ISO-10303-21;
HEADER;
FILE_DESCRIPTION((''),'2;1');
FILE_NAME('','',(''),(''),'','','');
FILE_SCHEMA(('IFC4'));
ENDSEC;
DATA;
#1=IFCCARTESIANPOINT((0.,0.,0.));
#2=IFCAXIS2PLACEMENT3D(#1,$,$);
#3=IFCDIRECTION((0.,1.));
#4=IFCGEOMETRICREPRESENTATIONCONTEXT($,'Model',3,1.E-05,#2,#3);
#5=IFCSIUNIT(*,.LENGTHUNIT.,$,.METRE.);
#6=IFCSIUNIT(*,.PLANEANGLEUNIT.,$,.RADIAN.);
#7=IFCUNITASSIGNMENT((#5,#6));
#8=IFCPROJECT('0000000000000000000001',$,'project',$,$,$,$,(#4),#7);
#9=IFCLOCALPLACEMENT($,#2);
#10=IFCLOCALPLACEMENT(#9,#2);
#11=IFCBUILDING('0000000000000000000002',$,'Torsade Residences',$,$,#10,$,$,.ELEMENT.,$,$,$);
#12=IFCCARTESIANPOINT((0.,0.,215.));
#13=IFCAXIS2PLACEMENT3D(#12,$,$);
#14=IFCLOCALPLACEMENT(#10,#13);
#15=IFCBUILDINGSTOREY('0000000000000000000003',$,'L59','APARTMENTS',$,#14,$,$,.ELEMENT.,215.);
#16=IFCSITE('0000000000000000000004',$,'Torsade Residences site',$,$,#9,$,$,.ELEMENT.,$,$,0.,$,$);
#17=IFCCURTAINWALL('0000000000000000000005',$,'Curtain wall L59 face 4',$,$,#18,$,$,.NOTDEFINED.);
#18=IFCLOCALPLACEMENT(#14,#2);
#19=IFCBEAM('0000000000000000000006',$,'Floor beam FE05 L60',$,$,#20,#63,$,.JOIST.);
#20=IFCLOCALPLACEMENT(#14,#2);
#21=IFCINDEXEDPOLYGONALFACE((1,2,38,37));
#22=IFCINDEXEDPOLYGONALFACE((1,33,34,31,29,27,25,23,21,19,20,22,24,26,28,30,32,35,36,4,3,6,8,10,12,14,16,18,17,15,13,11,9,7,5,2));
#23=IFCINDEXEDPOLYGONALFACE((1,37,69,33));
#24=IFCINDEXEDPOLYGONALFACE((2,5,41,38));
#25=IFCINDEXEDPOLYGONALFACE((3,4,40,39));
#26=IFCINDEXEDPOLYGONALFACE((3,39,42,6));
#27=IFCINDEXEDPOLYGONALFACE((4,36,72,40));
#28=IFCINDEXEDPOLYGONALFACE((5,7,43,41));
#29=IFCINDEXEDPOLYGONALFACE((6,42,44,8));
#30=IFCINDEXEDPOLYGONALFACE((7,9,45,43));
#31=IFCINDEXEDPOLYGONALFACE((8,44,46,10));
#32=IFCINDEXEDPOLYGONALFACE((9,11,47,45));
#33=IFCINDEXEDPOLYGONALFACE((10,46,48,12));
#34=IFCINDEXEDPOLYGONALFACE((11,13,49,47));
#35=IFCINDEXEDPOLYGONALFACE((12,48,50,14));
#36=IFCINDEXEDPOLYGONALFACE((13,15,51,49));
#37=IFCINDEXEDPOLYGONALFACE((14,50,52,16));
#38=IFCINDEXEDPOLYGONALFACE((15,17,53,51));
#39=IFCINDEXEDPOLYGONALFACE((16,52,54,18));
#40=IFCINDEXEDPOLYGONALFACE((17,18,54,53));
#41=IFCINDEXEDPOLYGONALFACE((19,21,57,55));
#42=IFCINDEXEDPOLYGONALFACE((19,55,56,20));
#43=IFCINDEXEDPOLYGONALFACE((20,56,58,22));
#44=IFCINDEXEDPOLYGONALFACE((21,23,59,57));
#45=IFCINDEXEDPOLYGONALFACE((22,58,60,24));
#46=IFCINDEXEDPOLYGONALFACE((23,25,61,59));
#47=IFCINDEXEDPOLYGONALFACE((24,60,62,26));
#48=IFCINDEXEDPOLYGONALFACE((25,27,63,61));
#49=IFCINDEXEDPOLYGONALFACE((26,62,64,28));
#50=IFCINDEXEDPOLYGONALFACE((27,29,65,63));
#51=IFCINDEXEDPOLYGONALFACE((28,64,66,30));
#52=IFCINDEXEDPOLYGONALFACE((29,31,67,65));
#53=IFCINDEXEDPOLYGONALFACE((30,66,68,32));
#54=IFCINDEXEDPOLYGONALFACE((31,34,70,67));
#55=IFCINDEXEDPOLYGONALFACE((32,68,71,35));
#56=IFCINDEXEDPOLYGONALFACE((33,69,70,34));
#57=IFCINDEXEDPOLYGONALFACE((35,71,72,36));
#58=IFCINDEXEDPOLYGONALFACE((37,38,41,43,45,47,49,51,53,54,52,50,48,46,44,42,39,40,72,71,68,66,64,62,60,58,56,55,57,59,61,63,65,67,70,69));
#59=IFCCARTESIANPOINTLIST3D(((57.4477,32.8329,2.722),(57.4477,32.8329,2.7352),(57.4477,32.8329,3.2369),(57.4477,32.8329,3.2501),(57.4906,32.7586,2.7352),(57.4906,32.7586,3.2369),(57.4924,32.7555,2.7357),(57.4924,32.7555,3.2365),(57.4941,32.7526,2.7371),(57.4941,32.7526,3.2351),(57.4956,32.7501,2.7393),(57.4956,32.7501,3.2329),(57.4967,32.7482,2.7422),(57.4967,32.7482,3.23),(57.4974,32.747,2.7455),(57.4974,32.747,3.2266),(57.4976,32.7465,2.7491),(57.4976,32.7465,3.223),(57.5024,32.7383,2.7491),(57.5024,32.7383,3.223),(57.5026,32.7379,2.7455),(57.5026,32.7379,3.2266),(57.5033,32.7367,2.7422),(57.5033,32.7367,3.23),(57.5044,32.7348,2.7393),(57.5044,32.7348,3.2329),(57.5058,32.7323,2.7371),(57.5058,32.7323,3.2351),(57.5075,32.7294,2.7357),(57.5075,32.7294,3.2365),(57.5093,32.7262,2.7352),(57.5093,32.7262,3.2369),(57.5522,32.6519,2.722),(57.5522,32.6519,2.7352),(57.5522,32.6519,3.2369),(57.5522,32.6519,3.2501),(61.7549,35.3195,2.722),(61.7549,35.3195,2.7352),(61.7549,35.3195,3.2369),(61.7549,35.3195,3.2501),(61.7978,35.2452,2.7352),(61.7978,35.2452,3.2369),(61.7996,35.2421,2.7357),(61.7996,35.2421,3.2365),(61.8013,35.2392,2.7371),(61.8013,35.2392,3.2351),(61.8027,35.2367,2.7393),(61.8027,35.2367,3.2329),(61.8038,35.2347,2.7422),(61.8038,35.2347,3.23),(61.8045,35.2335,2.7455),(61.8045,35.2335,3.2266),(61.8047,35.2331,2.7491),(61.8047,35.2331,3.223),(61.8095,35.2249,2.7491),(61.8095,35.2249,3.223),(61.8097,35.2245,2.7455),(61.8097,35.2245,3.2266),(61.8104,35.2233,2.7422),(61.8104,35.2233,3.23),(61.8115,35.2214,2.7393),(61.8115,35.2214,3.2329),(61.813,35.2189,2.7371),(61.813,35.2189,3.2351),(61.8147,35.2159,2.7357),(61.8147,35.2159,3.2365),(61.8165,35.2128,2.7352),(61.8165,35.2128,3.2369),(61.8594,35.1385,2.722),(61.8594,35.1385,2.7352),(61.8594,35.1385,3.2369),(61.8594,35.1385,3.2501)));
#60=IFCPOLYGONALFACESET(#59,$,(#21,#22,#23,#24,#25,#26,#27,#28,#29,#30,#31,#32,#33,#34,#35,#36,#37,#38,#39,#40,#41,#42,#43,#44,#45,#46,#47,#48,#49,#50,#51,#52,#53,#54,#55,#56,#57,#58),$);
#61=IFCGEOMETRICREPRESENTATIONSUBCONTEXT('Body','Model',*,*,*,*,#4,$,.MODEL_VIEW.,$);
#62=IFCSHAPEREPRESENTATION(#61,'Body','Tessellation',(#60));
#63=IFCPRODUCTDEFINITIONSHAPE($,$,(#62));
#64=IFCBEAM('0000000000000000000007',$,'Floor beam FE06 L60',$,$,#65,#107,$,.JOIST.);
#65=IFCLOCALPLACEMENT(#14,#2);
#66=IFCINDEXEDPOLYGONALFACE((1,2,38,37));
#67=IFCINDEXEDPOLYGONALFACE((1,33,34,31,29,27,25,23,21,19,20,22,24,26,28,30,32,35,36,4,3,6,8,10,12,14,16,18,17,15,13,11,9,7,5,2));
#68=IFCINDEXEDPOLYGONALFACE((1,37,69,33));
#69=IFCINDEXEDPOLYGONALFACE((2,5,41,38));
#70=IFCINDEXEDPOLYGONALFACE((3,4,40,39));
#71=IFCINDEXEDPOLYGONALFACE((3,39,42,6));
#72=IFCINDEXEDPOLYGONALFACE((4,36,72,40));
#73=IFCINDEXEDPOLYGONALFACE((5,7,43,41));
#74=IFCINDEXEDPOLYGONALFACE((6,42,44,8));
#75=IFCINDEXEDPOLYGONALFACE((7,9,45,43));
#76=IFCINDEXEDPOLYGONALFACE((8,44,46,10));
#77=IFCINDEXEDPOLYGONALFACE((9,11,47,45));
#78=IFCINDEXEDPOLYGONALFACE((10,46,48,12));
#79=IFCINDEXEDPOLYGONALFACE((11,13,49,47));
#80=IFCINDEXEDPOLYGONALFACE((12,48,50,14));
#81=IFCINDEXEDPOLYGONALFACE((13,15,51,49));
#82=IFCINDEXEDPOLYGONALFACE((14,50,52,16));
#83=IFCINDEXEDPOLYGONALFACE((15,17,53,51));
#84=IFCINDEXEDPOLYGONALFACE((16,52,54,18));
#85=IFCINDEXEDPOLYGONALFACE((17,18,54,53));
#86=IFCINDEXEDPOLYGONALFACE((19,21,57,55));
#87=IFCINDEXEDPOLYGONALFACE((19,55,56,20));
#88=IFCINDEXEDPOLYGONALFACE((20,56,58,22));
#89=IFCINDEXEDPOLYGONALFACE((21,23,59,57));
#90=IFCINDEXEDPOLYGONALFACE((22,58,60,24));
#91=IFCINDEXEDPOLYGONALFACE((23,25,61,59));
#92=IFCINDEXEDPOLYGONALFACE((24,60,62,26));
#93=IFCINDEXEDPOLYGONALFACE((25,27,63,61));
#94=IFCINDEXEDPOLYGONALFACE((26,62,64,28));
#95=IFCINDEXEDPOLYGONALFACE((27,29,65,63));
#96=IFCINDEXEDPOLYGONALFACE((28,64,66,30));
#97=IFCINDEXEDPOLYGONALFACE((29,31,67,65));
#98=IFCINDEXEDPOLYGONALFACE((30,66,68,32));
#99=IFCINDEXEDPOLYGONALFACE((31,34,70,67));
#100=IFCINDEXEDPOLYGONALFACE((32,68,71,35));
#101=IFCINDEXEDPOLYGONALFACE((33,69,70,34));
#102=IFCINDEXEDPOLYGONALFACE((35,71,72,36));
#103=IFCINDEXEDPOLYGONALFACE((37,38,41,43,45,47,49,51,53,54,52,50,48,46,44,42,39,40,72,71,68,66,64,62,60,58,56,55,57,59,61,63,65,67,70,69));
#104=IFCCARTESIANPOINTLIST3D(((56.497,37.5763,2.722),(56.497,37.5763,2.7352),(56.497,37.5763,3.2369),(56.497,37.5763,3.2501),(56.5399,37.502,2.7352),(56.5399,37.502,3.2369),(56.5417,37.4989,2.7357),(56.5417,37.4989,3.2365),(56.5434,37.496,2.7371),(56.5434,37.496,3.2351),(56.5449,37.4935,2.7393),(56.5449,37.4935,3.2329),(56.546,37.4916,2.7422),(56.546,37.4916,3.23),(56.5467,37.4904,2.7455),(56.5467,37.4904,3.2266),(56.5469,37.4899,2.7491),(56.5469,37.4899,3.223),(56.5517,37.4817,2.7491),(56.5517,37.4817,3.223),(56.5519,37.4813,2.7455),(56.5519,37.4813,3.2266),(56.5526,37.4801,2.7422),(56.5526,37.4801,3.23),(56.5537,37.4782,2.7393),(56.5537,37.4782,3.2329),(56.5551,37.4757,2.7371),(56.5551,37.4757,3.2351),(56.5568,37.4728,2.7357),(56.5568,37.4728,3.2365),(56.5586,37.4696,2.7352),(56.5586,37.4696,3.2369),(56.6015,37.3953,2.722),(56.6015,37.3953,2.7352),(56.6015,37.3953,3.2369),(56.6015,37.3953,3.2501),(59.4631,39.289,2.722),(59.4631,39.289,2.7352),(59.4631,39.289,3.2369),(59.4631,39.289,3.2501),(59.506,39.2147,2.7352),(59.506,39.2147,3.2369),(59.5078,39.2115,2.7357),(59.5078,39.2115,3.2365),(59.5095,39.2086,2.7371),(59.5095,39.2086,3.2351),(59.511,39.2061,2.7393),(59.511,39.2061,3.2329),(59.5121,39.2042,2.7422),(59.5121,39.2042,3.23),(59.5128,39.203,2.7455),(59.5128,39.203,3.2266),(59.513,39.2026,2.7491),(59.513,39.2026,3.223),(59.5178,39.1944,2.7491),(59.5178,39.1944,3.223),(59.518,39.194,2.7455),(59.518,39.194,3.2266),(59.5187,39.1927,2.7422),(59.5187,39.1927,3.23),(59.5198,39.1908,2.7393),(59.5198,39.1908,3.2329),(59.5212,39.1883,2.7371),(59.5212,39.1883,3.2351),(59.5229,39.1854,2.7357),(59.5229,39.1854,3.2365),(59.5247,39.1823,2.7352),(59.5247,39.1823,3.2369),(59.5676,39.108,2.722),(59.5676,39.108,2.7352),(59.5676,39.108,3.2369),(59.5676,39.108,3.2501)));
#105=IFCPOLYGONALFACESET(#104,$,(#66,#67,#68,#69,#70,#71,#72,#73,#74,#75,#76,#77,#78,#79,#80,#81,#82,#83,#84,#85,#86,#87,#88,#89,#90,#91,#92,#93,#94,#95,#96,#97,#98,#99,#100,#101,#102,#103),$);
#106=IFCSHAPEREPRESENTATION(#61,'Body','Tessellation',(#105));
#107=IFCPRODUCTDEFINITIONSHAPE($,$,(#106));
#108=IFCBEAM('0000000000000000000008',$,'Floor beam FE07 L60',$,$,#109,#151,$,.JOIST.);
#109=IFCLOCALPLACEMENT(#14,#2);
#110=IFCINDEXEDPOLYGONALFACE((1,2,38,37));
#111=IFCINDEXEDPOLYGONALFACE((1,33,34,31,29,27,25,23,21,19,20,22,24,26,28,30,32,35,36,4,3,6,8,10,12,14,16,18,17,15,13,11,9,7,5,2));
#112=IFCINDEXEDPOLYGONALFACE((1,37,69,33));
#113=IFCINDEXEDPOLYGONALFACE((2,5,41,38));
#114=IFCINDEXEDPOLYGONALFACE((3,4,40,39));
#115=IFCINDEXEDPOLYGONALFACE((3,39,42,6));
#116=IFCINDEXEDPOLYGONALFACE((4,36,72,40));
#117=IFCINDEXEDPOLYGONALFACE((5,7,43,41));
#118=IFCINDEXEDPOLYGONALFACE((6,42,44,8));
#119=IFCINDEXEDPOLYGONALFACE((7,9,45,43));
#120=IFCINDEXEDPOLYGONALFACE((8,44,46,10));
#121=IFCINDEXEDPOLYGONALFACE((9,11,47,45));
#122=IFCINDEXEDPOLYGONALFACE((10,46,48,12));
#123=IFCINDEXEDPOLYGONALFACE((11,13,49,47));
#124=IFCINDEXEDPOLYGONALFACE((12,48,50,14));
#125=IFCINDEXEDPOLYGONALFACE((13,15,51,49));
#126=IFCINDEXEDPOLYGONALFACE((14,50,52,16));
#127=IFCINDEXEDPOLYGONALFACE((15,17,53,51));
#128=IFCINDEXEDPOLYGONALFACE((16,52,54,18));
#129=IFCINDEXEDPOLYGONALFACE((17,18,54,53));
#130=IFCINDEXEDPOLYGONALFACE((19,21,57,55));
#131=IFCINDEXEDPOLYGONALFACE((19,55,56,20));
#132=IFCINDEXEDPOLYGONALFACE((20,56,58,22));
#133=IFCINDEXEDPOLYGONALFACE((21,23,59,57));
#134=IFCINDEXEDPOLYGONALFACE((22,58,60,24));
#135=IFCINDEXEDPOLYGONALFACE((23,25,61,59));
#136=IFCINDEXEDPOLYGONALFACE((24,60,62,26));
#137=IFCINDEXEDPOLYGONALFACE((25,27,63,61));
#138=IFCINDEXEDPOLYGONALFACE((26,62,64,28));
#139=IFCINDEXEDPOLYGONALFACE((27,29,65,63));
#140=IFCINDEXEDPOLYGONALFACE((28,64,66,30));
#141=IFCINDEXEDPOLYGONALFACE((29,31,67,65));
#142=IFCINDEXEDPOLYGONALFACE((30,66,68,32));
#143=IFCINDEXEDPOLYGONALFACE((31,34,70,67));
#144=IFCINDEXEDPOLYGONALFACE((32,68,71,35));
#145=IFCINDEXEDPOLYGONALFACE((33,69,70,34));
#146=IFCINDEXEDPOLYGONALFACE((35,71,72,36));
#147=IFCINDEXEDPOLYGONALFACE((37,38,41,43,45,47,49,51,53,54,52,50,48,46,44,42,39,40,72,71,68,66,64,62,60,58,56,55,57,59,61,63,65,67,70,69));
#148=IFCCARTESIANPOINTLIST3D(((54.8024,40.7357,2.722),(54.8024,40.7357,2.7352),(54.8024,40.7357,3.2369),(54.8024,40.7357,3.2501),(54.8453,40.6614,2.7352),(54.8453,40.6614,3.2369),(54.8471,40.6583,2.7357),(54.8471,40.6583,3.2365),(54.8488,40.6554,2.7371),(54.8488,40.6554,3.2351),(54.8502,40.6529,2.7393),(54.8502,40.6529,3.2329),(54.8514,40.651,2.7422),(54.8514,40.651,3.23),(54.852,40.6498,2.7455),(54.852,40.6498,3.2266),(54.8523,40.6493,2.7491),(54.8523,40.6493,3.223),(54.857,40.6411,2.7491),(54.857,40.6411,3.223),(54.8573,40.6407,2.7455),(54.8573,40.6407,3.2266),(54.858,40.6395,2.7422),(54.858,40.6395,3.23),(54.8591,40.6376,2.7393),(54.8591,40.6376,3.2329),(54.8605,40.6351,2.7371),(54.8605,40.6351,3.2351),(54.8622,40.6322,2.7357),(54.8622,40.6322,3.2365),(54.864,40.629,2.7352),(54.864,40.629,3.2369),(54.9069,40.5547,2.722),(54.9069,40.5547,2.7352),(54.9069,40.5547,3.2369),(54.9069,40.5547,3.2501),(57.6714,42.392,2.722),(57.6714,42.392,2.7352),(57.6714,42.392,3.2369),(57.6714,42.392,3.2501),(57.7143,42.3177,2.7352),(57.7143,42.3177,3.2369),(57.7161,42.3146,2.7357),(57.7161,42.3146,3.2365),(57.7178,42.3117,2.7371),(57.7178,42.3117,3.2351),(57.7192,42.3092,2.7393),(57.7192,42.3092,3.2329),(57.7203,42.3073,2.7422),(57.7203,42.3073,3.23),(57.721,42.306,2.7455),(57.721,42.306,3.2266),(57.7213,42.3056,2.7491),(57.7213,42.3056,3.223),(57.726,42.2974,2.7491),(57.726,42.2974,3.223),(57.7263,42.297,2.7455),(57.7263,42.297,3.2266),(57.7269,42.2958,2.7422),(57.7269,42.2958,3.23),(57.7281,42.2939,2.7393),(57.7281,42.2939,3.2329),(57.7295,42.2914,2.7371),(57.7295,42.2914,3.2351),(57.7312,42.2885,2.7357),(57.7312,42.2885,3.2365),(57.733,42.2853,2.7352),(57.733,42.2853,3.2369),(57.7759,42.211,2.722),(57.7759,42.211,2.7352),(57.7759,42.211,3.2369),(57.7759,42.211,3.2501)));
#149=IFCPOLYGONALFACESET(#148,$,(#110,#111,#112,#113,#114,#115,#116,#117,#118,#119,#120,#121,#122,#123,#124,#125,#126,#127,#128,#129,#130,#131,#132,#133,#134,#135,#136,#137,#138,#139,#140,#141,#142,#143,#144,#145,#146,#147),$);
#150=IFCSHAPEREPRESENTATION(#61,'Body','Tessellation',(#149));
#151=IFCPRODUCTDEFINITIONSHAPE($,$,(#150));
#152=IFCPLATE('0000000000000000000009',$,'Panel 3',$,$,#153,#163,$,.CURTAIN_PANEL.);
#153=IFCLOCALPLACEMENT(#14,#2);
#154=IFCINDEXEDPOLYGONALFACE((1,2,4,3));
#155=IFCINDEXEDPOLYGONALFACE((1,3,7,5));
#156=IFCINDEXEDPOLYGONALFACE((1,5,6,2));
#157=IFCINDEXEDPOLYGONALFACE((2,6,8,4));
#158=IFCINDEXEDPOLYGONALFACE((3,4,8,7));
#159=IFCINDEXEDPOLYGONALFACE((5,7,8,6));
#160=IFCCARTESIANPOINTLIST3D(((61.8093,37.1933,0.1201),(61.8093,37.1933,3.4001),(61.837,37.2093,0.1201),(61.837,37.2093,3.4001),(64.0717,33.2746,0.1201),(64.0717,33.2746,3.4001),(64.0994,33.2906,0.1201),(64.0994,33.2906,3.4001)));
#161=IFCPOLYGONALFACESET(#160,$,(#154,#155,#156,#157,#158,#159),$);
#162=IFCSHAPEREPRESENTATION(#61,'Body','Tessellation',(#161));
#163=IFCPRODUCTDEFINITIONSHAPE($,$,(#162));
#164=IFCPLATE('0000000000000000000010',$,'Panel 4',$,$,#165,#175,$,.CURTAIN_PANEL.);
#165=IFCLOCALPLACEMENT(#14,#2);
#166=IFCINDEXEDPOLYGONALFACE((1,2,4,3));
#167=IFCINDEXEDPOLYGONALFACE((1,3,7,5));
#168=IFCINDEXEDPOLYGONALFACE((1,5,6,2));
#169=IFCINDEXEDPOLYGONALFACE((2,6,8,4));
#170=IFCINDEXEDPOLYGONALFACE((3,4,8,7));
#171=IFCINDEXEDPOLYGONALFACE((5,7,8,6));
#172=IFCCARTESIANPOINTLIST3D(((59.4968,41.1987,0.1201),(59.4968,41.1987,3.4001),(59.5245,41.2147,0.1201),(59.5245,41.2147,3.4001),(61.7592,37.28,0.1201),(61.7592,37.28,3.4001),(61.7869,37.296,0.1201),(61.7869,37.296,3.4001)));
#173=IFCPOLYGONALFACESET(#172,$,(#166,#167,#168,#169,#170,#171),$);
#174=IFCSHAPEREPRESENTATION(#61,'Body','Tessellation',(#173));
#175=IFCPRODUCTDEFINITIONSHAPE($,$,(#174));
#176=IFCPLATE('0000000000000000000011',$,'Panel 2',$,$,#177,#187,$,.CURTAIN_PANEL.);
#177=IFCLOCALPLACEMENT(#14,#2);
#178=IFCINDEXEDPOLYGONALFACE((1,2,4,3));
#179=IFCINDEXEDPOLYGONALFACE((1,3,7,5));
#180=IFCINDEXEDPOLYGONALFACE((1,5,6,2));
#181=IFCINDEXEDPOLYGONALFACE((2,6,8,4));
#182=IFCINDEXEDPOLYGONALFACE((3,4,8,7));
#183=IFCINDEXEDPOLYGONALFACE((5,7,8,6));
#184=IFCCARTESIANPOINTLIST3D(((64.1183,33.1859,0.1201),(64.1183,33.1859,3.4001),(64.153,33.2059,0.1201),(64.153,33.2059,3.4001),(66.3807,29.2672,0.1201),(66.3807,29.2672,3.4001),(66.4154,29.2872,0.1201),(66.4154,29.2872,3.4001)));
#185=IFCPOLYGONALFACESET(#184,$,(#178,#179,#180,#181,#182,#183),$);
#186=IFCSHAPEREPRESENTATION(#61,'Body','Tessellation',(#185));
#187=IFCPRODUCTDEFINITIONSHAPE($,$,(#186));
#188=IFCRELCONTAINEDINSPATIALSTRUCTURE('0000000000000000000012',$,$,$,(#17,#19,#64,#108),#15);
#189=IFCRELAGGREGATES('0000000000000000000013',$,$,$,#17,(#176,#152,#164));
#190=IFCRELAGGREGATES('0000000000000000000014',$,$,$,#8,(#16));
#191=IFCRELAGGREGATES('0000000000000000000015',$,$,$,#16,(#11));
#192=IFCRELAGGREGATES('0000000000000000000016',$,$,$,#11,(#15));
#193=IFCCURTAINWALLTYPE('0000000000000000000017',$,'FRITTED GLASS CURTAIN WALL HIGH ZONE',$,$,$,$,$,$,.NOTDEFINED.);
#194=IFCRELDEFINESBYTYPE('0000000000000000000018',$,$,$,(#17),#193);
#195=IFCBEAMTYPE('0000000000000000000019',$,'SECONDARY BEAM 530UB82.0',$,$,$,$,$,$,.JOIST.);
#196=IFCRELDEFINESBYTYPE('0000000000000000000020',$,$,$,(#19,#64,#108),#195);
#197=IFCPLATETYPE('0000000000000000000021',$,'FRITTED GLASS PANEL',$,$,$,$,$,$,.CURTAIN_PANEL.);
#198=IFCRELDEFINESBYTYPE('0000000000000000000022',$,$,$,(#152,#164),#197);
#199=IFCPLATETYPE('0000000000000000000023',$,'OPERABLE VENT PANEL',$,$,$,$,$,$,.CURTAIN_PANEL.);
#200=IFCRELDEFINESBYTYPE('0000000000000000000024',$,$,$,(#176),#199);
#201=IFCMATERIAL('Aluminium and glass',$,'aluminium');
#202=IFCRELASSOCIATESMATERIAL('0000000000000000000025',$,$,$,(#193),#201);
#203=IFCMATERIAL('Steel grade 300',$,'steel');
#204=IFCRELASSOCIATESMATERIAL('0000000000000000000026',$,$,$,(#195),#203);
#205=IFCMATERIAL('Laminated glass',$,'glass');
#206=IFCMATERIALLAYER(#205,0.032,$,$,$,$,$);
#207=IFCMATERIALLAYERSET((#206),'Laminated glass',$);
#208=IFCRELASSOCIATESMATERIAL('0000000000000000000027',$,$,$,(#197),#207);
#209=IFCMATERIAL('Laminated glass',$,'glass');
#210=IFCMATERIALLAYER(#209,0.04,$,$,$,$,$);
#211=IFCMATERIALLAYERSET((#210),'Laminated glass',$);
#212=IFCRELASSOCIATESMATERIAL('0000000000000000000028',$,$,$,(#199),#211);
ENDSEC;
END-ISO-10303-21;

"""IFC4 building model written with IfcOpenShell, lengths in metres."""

from ifc_helpers import new_model, si_unit, direction, frame, origin, origin_2d, place, context, subcontext, project, spatial, rectangle, i_section, extrude, material, layer, layer_set, material_profile, profile_set, type_object, element, aggregate, save


model = new_model("IFC4")

# Units and contexts
model_context = context("Model", 3, precision=1e-05, world=origin(), true_north=direction((0.0, 1.0)))
body_context = subcontext(model_context, "Body", "Model", "MODEL_VIEW")
ifc_project = project(units=[si_unit("LENGTHUNIT", "METRE"), si_unit("PLANEANGLEUNIT", "RADIAN")], contexts=[model_context])

# Site, building, storey
site_placement = place(None, origin())
site = spatial("IfcSite", under=ifc_project, at=site_placement, Name="Torsade Residences site", CompositionType="ELEMENT", RefElevation=0.0)
building_placement = place(site_placement, origin())
building = spatial("IfcBuilding", under=site, at=building_placement, Name="Torsade Residences", CompositionType="ELEMENT")
storey_placement = place(building_placement, frame((0.0, 0.0, 215.0)))
storey = spatial("IfcBuildingStorey", under=building, at=storey_placement, Name="L59", Description="APARTMENTS", CompositionType="ELEMENT", Elevation=215.0)

# Curtain wall
ifc_material_1 = material(Name="Aluminium and glass", Category="aluminium")
curtain_wall_type = type_object("IfcCurtainWallType", Name="FRITTED GLASS CURTAIN WALL HIGH ZONE", PredefinedType="NOTDEFINED", material=ifc_material_1)
curtain_wall_placement = place(storey_placement, origin())
curtain_wall = element("IfcCurtainWall", 1, at=curtain_wall_placement, inside=storey, type_object=curtain_wall_type, Name="Curtain wall L59 face 4", PredefinedType="NOTDEFINED")

# Beams
ifc_material_2 = material(Name="Steel grade 300", Category="steel")
ifc_material_profile_1 = material_profile(ifc_material_2, i_section(OverallWidth=0.209, OverallDepth=0.5281, WebThickness=0.0095, FlangeThickness=0.0132, FilletRadius=0.0139, at=origin_2d()), Name="530UB82.0")
ifc_profile_set_1 = profile_set([ifc_material_profile_1], Name="Steel grade 300")
beam_type_1 = type_object("IfcBeamType", Name="SECONDARY BEAM 530UB82.0", PredefinedType="JOIST", material=ifc_profile_set_1)
beam_1_placement = place(storey_placement, frame((61.8071, 35.229, 2.9861), z_axis=(-0.866038, -0.499977, 0.0), x_axis=(0.499977, -0.866038, 0.0)))
element("IfcBeam", 2, at=beam_1_placement, inside=storey, type_object=beam_type_1, Name="Floor beam FE05 L60", PredefinedType="JOIST", context=body_context, shape_type="SweptSolid", body=[
    extrude(i_section(OverallWidth=0.209, OverallDepth=0.5281, WebThickness=0.0095, FlangeThickness=0.0132, FilletRadius=0.0139, at=origin_2d()), origin(), (0.0, 0.0, 1.0), 4.9734),
])
beam_2_placement = place(storey_placement, frame((59.5154, 39.1985, 2.9861), z_axis=(-0.866002, -0.500041, 0.0), x_axis=(0.500041, -0.866002, 0.0)))
element("IfcBeam", 3, at=beam_2_placement, inside=storey, type_object=beam_type_1, Name="Floor beam FE06 L60", PredefinedType="JOIST", context=body_context, shape_type="SweptSolid", body=[
    extrude(i_section(OverallWidth=0.209, OverallDepth=0.5281, WebThickness=0.0095, FlangeThickness=0.0132, FilletRadius=0.0139, at=origin_2d()), origin(), (0.0, 0.0, 1.0), 3.425),
])
beam_3_placement = place(storey_placement, frame((57.7236, 42.3015, 2.9861), z_axis=(-0.86604, -0.499976, 0.0), x_axis=(0.499976, -0.86604, 0.0)))
element("IfcBeam", 4, at=beam_3_placement, inside=storey, type_object=beam_type_1, Name="Floor beam FE07 L60", PredefinedType="JOIST", context=body_context, shape_type="SweptSolid", body=[
    extrude(i_section(OverallWidth=0.209, OverallDepth=0.5281, WebThickness=0.0095, FlangeThickness=0.0132, FilletRadius=0.0139, at=origin_2d()), origin(), (0.0, 0.0, 1.0), 3.3127),
])

# Plates
ifc_material_3 = material(Name="Laminated glass", Category="glass")
ifc_layer_1 = layer(ifc_material_3, 0.032)
ifc_layer_set_1 = layer_set([ifc_layer_1], Name="Laminated glass")
plate_type_1 = type_object("IfcPlateType", Name="FRITTED GLASS PANEL", PredefinedType="CURTAIN_PANEL", material=ifc_layer_set_1)
plate_1_placement = place(storey_placement, frame((62.9543, 35.2419, 0.1201), z_axis=(0.0, 0.0, 1.0), x_axis=(-0.5, 0.866025, 0.0)))
plate_1 = element("IfcPlate", 5, at=plate_1_placement, type_object=plate_type_1, Name="Panel 3", PredefinedType="CURTAIN_PANEL", context=body_context, shape_type="SweptSolid", body=[
    extrude(rectangle(XDim=4.5249, YDim=0.032, at=origin_2d()), origin(), (0.0, 0.0, 1.0), 3.28),
])
plate_2_placement = place(storey_placement, frame((60.6418, 39.2473, 0.1201), z_axis=(0.0, 0.0, 1.0), x_axis=(-0.5, 0.866025, 0.0)))
plate_2 = element("IfcPlate", 6, at=plate_2_placement, type_object=plate_type_1, Name="Panel 4", PredefinedType="CURTAIN_PANEL", context=body_context, shape_type="SweptSolid", body=[
    extrude(rectangle(XDim=4.5249, YDim=0.032, at=origin_2d()), origin(), (0.0, 0.0, 1.0), 3.28),
])
ifc_material_4 = material(Name="Laminated glass", Category="glass")
ifc_layer_2 = layer(ifc_material_4, 0.04)
ifc_layer_set_2 = layer_set([ifc_layer_2], Name="Laminated glass")
plate_type_2 = type_object("IfcPlateType", Name="OPERABLE VENT PANEL", PredefinedType="CURTAIN_PANEL", material=ifc_layer_set_2)
plate_3_placement = place(storey_placement, frame((65.2668, 31.2366, 0.1201), z_axis=(0.0, 0.0, 1.0), x_axis=(-0.5, 0.866025, 0.0)))
plate_3 = element("IfcPlate", 7, at=plate_3_placement, type_object=plate_type_2, Name="Panel 2", PredefinedType="CURTAIN_PANEL", context=body_context, shape_type="SweptSolid", body=[
    extrude(rectangle(XDim=4.5249, YDim=0.04, at=origin_2d()), origin(), (0.0, 0.0, 1.0), 3.28),
])
aggregate(curtain_wall, [plate_3, plate_1, plate_2])

save(model, "model.ifc")
